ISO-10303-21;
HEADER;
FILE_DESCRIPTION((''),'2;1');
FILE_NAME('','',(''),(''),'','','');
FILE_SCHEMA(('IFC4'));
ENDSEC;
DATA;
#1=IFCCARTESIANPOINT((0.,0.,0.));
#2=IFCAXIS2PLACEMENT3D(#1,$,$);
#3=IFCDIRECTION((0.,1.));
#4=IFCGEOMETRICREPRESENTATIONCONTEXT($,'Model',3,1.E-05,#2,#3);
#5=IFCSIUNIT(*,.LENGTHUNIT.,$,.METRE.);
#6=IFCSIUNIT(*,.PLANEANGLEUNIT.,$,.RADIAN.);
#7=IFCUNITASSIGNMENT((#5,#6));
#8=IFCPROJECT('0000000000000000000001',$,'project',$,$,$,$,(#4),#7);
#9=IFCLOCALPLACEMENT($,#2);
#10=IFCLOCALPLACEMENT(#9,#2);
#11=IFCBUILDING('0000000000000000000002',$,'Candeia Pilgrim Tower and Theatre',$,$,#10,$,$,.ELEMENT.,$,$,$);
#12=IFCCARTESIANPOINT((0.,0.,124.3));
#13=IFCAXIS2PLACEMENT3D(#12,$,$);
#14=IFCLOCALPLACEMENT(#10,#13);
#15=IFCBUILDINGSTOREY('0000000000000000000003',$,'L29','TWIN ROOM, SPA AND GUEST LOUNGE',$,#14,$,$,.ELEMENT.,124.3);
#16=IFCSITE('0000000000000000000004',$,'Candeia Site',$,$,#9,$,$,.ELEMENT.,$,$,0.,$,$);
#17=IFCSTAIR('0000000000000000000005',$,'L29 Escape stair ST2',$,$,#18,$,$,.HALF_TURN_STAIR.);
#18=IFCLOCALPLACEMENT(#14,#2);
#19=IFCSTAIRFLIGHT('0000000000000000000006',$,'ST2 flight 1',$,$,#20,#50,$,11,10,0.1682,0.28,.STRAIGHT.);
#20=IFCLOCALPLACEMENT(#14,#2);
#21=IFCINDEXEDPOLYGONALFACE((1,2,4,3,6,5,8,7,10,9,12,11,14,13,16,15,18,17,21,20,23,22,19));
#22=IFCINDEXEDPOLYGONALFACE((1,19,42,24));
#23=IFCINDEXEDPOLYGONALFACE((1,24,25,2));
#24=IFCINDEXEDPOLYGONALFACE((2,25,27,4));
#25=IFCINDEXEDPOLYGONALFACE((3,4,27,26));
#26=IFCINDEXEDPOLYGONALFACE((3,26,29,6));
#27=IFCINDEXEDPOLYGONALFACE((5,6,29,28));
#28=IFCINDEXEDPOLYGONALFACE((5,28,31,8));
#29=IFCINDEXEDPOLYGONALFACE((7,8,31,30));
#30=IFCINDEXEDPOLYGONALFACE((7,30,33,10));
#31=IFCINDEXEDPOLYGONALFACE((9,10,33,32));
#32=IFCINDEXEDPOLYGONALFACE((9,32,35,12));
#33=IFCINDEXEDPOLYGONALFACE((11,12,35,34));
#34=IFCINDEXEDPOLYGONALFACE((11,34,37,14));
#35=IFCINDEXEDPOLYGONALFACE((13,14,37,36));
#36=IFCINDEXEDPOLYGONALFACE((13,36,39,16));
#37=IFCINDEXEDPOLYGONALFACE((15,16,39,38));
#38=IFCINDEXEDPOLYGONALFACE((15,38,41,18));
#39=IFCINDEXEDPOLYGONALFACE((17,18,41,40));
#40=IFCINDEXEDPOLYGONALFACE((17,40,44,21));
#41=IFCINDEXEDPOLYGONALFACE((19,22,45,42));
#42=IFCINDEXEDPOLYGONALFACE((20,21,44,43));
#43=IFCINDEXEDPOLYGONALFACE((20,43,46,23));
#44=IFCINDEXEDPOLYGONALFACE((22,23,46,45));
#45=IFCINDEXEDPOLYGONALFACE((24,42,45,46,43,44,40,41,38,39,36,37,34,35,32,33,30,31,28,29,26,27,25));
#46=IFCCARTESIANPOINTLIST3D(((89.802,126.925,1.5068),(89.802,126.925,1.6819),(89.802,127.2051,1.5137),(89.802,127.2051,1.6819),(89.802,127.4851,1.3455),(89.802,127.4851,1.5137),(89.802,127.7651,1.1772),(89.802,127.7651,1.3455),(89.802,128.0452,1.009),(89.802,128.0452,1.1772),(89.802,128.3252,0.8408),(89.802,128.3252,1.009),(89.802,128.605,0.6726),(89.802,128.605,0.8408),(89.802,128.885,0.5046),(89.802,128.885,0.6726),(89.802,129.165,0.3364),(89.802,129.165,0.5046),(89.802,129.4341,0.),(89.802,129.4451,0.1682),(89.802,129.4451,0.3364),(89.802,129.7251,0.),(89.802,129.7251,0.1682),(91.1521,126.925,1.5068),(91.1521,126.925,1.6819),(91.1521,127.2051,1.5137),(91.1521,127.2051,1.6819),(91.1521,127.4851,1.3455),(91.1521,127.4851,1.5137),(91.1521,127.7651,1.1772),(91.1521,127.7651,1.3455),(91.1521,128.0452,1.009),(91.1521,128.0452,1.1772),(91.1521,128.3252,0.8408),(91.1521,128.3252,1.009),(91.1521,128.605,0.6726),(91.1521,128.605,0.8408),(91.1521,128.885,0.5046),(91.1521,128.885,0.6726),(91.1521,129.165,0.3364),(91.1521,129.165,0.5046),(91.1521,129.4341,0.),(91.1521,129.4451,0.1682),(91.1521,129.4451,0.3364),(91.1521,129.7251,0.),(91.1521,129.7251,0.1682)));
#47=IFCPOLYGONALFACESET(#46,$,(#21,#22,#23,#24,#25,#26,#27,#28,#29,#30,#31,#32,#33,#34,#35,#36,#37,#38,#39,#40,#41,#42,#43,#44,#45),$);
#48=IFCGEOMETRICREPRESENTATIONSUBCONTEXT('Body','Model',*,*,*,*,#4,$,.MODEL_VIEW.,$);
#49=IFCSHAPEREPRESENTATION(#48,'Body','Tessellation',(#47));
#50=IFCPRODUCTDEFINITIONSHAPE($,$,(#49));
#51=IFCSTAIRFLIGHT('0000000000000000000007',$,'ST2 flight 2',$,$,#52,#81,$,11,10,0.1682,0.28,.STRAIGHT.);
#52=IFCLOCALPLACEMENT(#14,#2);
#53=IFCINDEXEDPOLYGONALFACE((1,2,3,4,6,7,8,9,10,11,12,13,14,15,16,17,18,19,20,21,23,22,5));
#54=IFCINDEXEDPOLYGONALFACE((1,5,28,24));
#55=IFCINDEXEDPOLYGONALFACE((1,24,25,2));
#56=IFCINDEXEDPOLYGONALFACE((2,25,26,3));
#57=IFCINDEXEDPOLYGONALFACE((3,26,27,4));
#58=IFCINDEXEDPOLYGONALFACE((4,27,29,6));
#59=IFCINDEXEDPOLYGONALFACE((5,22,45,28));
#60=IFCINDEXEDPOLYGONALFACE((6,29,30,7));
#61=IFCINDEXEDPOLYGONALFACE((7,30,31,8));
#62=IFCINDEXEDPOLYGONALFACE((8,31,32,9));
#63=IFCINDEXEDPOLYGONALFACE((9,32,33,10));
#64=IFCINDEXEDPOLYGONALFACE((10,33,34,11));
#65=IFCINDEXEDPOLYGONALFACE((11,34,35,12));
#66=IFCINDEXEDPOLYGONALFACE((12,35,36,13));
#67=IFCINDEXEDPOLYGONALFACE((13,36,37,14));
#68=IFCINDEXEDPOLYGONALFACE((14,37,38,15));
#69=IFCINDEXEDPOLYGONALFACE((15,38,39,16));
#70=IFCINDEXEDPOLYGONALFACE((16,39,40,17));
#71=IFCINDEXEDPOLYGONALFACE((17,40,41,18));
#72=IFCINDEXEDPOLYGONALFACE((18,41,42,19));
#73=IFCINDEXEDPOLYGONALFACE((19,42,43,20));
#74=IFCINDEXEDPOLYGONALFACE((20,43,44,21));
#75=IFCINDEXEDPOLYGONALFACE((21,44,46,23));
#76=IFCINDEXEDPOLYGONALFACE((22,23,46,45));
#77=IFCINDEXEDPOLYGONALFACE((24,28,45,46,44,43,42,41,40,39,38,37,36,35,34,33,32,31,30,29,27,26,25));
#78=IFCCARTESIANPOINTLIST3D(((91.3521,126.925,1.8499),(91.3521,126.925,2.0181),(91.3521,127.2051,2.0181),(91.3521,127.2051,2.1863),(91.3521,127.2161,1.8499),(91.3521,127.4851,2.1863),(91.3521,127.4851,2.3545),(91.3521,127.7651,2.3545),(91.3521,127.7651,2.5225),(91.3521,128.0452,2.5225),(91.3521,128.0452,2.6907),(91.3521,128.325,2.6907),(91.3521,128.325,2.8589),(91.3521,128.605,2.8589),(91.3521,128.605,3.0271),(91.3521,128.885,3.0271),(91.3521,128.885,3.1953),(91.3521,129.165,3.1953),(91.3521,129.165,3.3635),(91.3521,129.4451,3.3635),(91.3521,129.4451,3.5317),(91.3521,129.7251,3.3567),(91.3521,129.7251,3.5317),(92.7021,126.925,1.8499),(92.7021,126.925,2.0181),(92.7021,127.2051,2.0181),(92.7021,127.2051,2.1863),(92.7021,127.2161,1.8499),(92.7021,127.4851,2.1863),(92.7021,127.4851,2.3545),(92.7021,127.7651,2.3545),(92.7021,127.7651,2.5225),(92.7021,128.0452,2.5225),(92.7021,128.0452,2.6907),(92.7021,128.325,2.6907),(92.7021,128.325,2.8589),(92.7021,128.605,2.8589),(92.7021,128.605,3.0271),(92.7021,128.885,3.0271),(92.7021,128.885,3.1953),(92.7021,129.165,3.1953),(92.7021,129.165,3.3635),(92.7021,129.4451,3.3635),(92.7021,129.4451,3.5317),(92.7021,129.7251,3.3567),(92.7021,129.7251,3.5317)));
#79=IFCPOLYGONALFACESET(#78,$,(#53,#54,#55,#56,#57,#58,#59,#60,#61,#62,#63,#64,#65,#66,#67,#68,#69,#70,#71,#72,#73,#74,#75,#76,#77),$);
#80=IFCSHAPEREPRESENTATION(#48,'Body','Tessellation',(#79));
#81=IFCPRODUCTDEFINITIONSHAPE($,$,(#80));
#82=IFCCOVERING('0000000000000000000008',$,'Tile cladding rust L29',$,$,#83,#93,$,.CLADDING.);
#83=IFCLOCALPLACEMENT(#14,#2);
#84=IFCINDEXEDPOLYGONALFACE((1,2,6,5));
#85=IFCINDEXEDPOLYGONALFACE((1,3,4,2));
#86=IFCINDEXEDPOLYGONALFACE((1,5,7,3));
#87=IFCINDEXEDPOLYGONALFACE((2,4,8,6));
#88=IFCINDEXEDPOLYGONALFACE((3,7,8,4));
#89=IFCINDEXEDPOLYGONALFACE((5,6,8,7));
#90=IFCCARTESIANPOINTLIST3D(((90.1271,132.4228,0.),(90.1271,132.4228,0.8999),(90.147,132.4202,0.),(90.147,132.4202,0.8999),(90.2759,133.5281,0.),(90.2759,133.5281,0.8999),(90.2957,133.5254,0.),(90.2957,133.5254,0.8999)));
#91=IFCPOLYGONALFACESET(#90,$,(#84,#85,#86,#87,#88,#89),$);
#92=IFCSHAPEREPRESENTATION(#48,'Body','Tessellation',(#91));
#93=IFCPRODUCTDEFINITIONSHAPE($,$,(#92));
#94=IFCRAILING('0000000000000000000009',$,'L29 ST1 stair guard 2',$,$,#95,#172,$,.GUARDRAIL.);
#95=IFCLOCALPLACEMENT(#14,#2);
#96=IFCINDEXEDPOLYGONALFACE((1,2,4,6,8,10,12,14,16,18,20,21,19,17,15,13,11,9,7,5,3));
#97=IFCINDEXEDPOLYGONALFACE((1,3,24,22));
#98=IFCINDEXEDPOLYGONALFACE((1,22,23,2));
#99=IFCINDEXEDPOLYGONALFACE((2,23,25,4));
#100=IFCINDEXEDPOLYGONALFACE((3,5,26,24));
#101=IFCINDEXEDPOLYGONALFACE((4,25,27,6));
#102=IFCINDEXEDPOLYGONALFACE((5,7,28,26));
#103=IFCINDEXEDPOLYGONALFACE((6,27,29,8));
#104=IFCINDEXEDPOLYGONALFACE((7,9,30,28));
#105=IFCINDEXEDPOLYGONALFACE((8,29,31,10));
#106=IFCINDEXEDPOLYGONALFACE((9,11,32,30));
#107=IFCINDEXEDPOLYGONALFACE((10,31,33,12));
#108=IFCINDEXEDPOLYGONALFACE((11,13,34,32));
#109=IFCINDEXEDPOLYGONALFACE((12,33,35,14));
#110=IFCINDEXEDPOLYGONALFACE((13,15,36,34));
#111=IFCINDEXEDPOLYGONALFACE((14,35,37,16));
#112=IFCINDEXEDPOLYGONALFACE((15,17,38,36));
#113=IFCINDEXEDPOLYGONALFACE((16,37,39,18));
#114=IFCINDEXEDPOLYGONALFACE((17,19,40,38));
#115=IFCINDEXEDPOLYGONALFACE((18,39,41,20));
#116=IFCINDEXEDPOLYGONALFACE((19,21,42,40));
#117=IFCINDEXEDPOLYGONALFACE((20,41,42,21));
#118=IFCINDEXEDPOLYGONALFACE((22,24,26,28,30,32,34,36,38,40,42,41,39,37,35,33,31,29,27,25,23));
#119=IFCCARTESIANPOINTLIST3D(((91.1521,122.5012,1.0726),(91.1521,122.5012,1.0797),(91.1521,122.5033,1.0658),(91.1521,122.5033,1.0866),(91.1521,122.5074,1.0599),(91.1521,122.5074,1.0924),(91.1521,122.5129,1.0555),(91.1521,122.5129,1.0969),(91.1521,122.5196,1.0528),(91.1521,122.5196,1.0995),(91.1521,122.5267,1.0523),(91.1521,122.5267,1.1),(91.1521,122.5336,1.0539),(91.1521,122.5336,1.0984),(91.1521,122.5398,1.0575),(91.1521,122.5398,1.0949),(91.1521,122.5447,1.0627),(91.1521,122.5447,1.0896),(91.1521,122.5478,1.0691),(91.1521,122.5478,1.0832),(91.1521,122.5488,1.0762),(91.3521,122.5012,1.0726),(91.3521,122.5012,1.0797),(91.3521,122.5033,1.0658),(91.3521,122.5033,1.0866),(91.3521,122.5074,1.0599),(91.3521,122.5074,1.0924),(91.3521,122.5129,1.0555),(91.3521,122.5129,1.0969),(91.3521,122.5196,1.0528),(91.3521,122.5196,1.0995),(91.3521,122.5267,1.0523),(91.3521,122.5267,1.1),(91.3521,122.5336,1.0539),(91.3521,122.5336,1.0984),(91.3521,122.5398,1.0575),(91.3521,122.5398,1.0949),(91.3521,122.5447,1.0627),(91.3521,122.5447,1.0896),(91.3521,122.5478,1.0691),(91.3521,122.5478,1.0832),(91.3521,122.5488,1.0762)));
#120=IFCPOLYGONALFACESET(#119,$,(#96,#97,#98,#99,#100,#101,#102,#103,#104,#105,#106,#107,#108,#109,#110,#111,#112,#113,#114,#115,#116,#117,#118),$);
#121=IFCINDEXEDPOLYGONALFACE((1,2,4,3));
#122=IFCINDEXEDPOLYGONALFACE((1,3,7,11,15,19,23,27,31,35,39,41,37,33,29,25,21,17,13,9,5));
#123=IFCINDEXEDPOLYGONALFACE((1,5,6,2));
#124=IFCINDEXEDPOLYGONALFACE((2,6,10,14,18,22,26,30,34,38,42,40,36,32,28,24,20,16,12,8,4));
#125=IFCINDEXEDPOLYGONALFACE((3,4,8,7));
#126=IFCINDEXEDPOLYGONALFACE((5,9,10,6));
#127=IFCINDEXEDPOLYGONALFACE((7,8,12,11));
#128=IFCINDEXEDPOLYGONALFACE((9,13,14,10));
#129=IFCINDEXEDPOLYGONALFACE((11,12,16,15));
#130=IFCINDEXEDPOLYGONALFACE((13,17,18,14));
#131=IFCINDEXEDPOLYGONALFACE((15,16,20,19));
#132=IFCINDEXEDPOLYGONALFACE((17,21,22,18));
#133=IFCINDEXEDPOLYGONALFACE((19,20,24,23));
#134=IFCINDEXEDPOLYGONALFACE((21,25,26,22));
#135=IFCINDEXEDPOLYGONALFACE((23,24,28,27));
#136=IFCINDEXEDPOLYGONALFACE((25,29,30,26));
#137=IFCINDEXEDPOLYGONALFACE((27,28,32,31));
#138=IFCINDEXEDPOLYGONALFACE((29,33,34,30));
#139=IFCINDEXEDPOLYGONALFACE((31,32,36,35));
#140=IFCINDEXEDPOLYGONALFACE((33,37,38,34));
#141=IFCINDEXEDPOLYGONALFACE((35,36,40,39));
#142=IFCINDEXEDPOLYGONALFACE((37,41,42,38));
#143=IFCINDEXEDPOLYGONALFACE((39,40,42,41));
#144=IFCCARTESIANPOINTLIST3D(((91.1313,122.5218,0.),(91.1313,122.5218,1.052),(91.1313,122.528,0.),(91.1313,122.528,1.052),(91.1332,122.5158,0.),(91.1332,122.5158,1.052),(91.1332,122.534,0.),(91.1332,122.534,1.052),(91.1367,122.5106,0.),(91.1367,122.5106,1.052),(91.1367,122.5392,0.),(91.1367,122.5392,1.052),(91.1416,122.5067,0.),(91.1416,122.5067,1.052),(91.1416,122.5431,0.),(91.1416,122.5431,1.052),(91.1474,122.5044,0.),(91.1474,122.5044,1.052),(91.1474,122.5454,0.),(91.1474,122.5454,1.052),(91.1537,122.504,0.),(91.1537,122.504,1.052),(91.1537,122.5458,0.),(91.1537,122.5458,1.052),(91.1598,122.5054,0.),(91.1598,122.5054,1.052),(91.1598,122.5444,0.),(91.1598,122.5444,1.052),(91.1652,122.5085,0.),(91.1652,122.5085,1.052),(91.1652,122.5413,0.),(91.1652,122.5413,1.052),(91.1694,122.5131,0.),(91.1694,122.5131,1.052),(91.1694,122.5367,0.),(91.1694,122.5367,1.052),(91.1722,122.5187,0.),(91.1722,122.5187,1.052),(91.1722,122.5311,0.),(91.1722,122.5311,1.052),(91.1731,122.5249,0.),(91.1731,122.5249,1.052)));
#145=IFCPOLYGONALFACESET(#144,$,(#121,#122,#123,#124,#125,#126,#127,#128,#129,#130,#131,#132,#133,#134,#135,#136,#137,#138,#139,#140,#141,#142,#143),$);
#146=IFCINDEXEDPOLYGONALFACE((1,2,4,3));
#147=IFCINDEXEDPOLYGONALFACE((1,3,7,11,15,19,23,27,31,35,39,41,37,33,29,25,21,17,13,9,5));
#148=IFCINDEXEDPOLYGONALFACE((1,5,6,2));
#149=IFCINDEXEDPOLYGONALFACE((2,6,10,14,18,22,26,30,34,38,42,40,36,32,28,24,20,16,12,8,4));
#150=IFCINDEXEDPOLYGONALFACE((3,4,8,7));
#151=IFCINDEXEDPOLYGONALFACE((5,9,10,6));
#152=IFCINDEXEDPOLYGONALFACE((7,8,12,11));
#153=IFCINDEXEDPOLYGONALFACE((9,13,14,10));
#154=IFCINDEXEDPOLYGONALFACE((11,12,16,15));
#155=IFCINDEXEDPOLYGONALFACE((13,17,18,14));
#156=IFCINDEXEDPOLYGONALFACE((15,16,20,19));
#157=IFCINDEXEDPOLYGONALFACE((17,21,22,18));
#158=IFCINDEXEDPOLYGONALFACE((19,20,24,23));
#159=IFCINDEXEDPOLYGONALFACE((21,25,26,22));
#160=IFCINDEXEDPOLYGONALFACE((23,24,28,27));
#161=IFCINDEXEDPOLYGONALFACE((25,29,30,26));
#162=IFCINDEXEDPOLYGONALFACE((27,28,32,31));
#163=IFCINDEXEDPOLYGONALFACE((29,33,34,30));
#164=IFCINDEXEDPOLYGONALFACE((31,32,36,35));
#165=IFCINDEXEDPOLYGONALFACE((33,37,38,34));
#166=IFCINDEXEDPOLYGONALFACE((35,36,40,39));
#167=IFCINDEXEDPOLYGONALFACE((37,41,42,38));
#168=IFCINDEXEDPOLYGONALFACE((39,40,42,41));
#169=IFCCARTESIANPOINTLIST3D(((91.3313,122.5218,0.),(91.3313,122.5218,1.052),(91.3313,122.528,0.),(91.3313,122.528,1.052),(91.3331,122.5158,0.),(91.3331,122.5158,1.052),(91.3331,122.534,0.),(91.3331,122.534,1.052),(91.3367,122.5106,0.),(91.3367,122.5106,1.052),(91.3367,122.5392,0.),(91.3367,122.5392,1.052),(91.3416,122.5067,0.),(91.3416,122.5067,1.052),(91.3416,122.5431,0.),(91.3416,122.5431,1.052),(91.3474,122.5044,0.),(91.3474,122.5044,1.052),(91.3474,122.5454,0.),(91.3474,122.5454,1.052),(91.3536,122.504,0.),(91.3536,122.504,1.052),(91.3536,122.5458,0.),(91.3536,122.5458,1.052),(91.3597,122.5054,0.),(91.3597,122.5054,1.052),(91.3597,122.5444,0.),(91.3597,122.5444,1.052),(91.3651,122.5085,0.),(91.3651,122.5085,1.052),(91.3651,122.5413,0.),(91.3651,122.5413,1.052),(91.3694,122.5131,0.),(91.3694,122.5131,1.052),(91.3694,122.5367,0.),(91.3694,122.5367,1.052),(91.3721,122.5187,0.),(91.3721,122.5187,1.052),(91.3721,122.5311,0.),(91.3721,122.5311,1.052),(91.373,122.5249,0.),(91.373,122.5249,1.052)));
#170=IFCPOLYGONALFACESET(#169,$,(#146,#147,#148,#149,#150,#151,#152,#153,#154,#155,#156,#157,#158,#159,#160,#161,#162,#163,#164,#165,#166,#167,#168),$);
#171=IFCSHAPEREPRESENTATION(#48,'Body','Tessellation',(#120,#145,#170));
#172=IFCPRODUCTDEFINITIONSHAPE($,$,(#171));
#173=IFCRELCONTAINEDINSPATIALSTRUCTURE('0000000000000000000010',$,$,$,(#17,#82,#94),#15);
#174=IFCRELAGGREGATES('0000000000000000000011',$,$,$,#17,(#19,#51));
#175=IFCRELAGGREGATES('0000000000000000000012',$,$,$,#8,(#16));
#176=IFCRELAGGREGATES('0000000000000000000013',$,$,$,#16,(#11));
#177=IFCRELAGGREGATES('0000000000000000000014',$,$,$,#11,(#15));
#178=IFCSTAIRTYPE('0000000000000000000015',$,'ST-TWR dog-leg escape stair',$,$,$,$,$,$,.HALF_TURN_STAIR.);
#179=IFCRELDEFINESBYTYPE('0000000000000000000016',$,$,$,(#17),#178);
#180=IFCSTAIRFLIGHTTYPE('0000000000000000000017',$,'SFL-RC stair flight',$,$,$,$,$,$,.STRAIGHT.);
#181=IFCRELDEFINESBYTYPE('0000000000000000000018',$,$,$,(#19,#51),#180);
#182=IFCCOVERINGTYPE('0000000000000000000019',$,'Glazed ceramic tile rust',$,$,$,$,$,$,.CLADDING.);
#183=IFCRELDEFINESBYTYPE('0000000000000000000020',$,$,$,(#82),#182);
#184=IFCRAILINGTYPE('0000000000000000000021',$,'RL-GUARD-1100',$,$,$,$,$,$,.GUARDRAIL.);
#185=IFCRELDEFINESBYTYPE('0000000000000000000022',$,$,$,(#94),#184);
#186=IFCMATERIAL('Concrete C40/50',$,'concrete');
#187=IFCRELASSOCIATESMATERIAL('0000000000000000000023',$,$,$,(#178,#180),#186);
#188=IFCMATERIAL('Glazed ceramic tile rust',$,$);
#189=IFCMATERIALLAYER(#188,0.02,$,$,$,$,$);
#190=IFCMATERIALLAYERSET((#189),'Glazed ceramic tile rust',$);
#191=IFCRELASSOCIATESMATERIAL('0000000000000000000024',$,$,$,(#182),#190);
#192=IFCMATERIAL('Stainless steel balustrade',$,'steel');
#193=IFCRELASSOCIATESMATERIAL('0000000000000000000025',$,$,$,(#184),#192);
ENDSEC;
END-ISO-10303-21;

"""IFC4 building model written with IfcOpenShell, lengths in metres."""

from ifc_helpers import new_model, si_unit, direction, frame, origin, origin_2d, place, context, subcontext, project, spatial, polyline, rectangle, circle, outline, extrude, material, layer, layer_set, type_object, element, aggregate, save


model = new_model("IFC4")

# Units and contexts
model_context = context("Model", 3, precision=1e-05, world=origin(), true_north=direction((0.0, 1.0)))
body_context = subcontext(model_context, "Body", "Model", "MODEL_VIEW")
ifc_project = project(units=[si_unit("LENGTHUNIT", "METRE"), si_unit("PLANEANGLEUNIT", "RADIAN")], contexts=[model_context])

# Site, building, storey
site_placement = place(None, origin())
site = spatial("IfcSite", under=ifc_project, at=site_placement, Name="Candeia Site", CompositionType="ELEMENT", RefElevation=0.0)
building_placement = place(site_placement, origin())
building = spatial("IfcBuilding", under=site, at=building_placement, Name="Candeia Pilgrim Tower and Theatre", CompositionType="ELEMENT")
storey_placement = place(building_placement, frame((0.0, 0.0, 124.3)))
storey = spatial("IfcBuildingStorey", under=building, at=storey_placement, Name="L29", Description="TWIN ROOM, SPA AND GUEST LOUNGE", CompositionType="ELEMENT", Elevation=124.3)

# Shared definitions
ifc_material_1 = material(Name="Concrete C40/50", Category="concrete")

# Stair, stair flights
stair_type = type_object("IfcStairType", Name="ST-TWR dog-leg escape stair", PredefinedType="HALF_TURN_STAIR", material=ifc_material_1)
stair_flight_type = type_object("IfcStairFlightType", Name="SFL-RC stair flight", PredefinedType="STRAIGHT", material=ifc_material_1)
stair_1_placement = place(storey_placement, origin())
stair_1 = element("IfcStair", 1, at=stair_1_placement, inside=storey, type_object=stair_type, Name="L29 Escape stair ST2", PredefinedType="HALF_TURN_STAIR")
stair_flight_1_placement = place(storey_placement, frame((90.4771, 129.7251, 0.0), z_axis=(0.0, 0.0, 1.0), x_axis=(0.0, -1.0, 0.0)))
stair_flight_1 = element("IfcStairFlight", 2, at=stair_flight_1_placement, type_object=stair_flight_type, Name="ST2 flight 1", NumberOfRisers=11, NumberOfTreads=10, PredefinedType="STRAIGHT", RiserHeight=0.1682, TreadLength=0.28, context=body_context, shape_type="SweptSolid", body=[
    extrude(outline(polyline([(0.0, 0.0), (0.0, 0.1682), (0.28, 0.1682), (0.28, 0.3364), (0.5601, 0.3364), (0.5601, 0.5046), (0.8401, 0.5046), (0.8401, 0.6726), (1.1201, 0.6726), (1.1201, 0.8408), (1.3999, 0.8408), (1.3999, 1.009), (1.6799, 1.009), (1.6799, 1.1772), (1.96, 1.1772), (1.96, 1.3455), (2.24, 1.3455), (2.24, 1.5137), (2.52, 1.5137), (2.52, 1.6819), (2.8, 1.6819), (2.8, 1.8501), (2.8, 1.5068), (0.291, 0.0), (0.0, 0.0)])), frame((0.0, 0.675, 0.0), z_axis=(0.0, -1.0, 0.0), x_axis=(1.0, 0.0, 0.0)), (0.0, 0.0, 1.0), 1.3501),
])
stair_flight_2_placement = place(storey_placement, frame((92.0271, 126.925, 1.8499), z_axis=(0.0, 0.0, 1.0), x_axis=(0.0, 1.0, 0.0)))
stair_flight_2 = element("IfcStairFlight", 3, at=stair_flight_2_placement, type_object=stair_flight_type, Name="ST2 flight 2", NumberOfRisers=11, NumberOfTreads=10, PredefinedType="STRAIGHT", RiserHeight=0.1682, TreadLength=0.28, context=body_context, shape_type="SweptSolid", body=[
    extrude(outline(polyline([(0.0, 0.0), (0.0, 0.1682), (0.28, 0.1682), (0.28, 0.3364), (0.5601, 0.3364), (0.5601, 0.5046), (0.8401, 0.5046), (0.8401, 0.6726), (1.1201, 0.6726), (1.1201, 0.8408), (1.3999, 0.8408), (1.3999, 1.009), (1.6799, 1.009), (1.6799, 1.1772), (1.96, 1.1772), (1.96, 1.3455), (2.24, 1.3455), (2.24, 1.5137), (2.52, 1.5137), (2.52, 1.6819), (2.8, 1.6819), (2.8, 1.8501), (2.8, 1.5068), (0.291, 0.0), (0.0, 0.0)])), frame((0.0, 0.675, 0.0), z_axis=(0.0, -1.0, 0.0), x_axis=(1.0, 0.0, 0.0)), (0.0, 0.0, 1.0), 1.3501),
])
aggregate(stair_1, [stair_flight_1, stair_flight_2])

# Shared definitions
ifc_material_2 = material(Name="Stainless steel balustrade", Category="steel")

# Covering
ifc_material_3 = material(Name="Glazed ceramic tile rust")
ifc_layer_1 = layer(ifc_material_3, 0.02)
ifc_layer_set_1 = layer_set([ifc_layer_1], Name="Glazed ceramic tile rust")
covering_type = type_object("IfcCoveringType", Name="Glazed ceramic tile rust", PredefinedType="CLADDING", material=ifc_layer_set_1)
covering_placement = place(storey_placement, frame((90.2114, 132.9741, 0.0), z_axis=(0.0, 0.0, 1.0), x_axis=(-0.133412, -0.991061, 0.0)))
element("IfcCovering", 4, at=covering_placement, inside=storey, type_object=covering_type, Name="Tile cladding rust L29", PredefinedType="CLADDING", context=body_context, shape_type="SweptSolid", body=[
    extrude(rectangle(XDim=1.1152, YDim=0.02, at=origin_2d()), origin(), (0.0, 0.0, 1.0), 0.8999),
])

# Railing
railing_type_1 = type_object("IfcRailingType", Name="RL-GUARD-1100", PredefinedType="GUARDRAIL", material=ifc_material_2)
railing_1_placement = place(storey_placement, frame((91.1521, 122.5249, 0.0)))
element("IfcRailing", 5, at=railing_1_placement, inside=storey, type_object=railing_type_1, Name="L29 ST1 stair guard 2", PredefinedType="GUARDRAIL", context=body_context, shape_type="SweptSolid", body=[
    extrude(circle(Radius=0.0239, at=origin_2d()), frame((0.0, 0.0, 1.0762), z_axis=(1.0, 0.0, 0.0), x_axis=(0.0, 1.0, 0.0)), (0.0, 0.0, 1.0), 0.2),
    extrude(circle(Radius=0.021, at=origin_2d()), origin(), (0.0, 0.0, 1.0), 1.052),
    extrude(circle(Radius=0.021, at=origin_2d()), frame((0.2, 0.0, 0.0)), (0.0, 0.0, 1.0), 1.052),
])

save(model, "model.ifc")
